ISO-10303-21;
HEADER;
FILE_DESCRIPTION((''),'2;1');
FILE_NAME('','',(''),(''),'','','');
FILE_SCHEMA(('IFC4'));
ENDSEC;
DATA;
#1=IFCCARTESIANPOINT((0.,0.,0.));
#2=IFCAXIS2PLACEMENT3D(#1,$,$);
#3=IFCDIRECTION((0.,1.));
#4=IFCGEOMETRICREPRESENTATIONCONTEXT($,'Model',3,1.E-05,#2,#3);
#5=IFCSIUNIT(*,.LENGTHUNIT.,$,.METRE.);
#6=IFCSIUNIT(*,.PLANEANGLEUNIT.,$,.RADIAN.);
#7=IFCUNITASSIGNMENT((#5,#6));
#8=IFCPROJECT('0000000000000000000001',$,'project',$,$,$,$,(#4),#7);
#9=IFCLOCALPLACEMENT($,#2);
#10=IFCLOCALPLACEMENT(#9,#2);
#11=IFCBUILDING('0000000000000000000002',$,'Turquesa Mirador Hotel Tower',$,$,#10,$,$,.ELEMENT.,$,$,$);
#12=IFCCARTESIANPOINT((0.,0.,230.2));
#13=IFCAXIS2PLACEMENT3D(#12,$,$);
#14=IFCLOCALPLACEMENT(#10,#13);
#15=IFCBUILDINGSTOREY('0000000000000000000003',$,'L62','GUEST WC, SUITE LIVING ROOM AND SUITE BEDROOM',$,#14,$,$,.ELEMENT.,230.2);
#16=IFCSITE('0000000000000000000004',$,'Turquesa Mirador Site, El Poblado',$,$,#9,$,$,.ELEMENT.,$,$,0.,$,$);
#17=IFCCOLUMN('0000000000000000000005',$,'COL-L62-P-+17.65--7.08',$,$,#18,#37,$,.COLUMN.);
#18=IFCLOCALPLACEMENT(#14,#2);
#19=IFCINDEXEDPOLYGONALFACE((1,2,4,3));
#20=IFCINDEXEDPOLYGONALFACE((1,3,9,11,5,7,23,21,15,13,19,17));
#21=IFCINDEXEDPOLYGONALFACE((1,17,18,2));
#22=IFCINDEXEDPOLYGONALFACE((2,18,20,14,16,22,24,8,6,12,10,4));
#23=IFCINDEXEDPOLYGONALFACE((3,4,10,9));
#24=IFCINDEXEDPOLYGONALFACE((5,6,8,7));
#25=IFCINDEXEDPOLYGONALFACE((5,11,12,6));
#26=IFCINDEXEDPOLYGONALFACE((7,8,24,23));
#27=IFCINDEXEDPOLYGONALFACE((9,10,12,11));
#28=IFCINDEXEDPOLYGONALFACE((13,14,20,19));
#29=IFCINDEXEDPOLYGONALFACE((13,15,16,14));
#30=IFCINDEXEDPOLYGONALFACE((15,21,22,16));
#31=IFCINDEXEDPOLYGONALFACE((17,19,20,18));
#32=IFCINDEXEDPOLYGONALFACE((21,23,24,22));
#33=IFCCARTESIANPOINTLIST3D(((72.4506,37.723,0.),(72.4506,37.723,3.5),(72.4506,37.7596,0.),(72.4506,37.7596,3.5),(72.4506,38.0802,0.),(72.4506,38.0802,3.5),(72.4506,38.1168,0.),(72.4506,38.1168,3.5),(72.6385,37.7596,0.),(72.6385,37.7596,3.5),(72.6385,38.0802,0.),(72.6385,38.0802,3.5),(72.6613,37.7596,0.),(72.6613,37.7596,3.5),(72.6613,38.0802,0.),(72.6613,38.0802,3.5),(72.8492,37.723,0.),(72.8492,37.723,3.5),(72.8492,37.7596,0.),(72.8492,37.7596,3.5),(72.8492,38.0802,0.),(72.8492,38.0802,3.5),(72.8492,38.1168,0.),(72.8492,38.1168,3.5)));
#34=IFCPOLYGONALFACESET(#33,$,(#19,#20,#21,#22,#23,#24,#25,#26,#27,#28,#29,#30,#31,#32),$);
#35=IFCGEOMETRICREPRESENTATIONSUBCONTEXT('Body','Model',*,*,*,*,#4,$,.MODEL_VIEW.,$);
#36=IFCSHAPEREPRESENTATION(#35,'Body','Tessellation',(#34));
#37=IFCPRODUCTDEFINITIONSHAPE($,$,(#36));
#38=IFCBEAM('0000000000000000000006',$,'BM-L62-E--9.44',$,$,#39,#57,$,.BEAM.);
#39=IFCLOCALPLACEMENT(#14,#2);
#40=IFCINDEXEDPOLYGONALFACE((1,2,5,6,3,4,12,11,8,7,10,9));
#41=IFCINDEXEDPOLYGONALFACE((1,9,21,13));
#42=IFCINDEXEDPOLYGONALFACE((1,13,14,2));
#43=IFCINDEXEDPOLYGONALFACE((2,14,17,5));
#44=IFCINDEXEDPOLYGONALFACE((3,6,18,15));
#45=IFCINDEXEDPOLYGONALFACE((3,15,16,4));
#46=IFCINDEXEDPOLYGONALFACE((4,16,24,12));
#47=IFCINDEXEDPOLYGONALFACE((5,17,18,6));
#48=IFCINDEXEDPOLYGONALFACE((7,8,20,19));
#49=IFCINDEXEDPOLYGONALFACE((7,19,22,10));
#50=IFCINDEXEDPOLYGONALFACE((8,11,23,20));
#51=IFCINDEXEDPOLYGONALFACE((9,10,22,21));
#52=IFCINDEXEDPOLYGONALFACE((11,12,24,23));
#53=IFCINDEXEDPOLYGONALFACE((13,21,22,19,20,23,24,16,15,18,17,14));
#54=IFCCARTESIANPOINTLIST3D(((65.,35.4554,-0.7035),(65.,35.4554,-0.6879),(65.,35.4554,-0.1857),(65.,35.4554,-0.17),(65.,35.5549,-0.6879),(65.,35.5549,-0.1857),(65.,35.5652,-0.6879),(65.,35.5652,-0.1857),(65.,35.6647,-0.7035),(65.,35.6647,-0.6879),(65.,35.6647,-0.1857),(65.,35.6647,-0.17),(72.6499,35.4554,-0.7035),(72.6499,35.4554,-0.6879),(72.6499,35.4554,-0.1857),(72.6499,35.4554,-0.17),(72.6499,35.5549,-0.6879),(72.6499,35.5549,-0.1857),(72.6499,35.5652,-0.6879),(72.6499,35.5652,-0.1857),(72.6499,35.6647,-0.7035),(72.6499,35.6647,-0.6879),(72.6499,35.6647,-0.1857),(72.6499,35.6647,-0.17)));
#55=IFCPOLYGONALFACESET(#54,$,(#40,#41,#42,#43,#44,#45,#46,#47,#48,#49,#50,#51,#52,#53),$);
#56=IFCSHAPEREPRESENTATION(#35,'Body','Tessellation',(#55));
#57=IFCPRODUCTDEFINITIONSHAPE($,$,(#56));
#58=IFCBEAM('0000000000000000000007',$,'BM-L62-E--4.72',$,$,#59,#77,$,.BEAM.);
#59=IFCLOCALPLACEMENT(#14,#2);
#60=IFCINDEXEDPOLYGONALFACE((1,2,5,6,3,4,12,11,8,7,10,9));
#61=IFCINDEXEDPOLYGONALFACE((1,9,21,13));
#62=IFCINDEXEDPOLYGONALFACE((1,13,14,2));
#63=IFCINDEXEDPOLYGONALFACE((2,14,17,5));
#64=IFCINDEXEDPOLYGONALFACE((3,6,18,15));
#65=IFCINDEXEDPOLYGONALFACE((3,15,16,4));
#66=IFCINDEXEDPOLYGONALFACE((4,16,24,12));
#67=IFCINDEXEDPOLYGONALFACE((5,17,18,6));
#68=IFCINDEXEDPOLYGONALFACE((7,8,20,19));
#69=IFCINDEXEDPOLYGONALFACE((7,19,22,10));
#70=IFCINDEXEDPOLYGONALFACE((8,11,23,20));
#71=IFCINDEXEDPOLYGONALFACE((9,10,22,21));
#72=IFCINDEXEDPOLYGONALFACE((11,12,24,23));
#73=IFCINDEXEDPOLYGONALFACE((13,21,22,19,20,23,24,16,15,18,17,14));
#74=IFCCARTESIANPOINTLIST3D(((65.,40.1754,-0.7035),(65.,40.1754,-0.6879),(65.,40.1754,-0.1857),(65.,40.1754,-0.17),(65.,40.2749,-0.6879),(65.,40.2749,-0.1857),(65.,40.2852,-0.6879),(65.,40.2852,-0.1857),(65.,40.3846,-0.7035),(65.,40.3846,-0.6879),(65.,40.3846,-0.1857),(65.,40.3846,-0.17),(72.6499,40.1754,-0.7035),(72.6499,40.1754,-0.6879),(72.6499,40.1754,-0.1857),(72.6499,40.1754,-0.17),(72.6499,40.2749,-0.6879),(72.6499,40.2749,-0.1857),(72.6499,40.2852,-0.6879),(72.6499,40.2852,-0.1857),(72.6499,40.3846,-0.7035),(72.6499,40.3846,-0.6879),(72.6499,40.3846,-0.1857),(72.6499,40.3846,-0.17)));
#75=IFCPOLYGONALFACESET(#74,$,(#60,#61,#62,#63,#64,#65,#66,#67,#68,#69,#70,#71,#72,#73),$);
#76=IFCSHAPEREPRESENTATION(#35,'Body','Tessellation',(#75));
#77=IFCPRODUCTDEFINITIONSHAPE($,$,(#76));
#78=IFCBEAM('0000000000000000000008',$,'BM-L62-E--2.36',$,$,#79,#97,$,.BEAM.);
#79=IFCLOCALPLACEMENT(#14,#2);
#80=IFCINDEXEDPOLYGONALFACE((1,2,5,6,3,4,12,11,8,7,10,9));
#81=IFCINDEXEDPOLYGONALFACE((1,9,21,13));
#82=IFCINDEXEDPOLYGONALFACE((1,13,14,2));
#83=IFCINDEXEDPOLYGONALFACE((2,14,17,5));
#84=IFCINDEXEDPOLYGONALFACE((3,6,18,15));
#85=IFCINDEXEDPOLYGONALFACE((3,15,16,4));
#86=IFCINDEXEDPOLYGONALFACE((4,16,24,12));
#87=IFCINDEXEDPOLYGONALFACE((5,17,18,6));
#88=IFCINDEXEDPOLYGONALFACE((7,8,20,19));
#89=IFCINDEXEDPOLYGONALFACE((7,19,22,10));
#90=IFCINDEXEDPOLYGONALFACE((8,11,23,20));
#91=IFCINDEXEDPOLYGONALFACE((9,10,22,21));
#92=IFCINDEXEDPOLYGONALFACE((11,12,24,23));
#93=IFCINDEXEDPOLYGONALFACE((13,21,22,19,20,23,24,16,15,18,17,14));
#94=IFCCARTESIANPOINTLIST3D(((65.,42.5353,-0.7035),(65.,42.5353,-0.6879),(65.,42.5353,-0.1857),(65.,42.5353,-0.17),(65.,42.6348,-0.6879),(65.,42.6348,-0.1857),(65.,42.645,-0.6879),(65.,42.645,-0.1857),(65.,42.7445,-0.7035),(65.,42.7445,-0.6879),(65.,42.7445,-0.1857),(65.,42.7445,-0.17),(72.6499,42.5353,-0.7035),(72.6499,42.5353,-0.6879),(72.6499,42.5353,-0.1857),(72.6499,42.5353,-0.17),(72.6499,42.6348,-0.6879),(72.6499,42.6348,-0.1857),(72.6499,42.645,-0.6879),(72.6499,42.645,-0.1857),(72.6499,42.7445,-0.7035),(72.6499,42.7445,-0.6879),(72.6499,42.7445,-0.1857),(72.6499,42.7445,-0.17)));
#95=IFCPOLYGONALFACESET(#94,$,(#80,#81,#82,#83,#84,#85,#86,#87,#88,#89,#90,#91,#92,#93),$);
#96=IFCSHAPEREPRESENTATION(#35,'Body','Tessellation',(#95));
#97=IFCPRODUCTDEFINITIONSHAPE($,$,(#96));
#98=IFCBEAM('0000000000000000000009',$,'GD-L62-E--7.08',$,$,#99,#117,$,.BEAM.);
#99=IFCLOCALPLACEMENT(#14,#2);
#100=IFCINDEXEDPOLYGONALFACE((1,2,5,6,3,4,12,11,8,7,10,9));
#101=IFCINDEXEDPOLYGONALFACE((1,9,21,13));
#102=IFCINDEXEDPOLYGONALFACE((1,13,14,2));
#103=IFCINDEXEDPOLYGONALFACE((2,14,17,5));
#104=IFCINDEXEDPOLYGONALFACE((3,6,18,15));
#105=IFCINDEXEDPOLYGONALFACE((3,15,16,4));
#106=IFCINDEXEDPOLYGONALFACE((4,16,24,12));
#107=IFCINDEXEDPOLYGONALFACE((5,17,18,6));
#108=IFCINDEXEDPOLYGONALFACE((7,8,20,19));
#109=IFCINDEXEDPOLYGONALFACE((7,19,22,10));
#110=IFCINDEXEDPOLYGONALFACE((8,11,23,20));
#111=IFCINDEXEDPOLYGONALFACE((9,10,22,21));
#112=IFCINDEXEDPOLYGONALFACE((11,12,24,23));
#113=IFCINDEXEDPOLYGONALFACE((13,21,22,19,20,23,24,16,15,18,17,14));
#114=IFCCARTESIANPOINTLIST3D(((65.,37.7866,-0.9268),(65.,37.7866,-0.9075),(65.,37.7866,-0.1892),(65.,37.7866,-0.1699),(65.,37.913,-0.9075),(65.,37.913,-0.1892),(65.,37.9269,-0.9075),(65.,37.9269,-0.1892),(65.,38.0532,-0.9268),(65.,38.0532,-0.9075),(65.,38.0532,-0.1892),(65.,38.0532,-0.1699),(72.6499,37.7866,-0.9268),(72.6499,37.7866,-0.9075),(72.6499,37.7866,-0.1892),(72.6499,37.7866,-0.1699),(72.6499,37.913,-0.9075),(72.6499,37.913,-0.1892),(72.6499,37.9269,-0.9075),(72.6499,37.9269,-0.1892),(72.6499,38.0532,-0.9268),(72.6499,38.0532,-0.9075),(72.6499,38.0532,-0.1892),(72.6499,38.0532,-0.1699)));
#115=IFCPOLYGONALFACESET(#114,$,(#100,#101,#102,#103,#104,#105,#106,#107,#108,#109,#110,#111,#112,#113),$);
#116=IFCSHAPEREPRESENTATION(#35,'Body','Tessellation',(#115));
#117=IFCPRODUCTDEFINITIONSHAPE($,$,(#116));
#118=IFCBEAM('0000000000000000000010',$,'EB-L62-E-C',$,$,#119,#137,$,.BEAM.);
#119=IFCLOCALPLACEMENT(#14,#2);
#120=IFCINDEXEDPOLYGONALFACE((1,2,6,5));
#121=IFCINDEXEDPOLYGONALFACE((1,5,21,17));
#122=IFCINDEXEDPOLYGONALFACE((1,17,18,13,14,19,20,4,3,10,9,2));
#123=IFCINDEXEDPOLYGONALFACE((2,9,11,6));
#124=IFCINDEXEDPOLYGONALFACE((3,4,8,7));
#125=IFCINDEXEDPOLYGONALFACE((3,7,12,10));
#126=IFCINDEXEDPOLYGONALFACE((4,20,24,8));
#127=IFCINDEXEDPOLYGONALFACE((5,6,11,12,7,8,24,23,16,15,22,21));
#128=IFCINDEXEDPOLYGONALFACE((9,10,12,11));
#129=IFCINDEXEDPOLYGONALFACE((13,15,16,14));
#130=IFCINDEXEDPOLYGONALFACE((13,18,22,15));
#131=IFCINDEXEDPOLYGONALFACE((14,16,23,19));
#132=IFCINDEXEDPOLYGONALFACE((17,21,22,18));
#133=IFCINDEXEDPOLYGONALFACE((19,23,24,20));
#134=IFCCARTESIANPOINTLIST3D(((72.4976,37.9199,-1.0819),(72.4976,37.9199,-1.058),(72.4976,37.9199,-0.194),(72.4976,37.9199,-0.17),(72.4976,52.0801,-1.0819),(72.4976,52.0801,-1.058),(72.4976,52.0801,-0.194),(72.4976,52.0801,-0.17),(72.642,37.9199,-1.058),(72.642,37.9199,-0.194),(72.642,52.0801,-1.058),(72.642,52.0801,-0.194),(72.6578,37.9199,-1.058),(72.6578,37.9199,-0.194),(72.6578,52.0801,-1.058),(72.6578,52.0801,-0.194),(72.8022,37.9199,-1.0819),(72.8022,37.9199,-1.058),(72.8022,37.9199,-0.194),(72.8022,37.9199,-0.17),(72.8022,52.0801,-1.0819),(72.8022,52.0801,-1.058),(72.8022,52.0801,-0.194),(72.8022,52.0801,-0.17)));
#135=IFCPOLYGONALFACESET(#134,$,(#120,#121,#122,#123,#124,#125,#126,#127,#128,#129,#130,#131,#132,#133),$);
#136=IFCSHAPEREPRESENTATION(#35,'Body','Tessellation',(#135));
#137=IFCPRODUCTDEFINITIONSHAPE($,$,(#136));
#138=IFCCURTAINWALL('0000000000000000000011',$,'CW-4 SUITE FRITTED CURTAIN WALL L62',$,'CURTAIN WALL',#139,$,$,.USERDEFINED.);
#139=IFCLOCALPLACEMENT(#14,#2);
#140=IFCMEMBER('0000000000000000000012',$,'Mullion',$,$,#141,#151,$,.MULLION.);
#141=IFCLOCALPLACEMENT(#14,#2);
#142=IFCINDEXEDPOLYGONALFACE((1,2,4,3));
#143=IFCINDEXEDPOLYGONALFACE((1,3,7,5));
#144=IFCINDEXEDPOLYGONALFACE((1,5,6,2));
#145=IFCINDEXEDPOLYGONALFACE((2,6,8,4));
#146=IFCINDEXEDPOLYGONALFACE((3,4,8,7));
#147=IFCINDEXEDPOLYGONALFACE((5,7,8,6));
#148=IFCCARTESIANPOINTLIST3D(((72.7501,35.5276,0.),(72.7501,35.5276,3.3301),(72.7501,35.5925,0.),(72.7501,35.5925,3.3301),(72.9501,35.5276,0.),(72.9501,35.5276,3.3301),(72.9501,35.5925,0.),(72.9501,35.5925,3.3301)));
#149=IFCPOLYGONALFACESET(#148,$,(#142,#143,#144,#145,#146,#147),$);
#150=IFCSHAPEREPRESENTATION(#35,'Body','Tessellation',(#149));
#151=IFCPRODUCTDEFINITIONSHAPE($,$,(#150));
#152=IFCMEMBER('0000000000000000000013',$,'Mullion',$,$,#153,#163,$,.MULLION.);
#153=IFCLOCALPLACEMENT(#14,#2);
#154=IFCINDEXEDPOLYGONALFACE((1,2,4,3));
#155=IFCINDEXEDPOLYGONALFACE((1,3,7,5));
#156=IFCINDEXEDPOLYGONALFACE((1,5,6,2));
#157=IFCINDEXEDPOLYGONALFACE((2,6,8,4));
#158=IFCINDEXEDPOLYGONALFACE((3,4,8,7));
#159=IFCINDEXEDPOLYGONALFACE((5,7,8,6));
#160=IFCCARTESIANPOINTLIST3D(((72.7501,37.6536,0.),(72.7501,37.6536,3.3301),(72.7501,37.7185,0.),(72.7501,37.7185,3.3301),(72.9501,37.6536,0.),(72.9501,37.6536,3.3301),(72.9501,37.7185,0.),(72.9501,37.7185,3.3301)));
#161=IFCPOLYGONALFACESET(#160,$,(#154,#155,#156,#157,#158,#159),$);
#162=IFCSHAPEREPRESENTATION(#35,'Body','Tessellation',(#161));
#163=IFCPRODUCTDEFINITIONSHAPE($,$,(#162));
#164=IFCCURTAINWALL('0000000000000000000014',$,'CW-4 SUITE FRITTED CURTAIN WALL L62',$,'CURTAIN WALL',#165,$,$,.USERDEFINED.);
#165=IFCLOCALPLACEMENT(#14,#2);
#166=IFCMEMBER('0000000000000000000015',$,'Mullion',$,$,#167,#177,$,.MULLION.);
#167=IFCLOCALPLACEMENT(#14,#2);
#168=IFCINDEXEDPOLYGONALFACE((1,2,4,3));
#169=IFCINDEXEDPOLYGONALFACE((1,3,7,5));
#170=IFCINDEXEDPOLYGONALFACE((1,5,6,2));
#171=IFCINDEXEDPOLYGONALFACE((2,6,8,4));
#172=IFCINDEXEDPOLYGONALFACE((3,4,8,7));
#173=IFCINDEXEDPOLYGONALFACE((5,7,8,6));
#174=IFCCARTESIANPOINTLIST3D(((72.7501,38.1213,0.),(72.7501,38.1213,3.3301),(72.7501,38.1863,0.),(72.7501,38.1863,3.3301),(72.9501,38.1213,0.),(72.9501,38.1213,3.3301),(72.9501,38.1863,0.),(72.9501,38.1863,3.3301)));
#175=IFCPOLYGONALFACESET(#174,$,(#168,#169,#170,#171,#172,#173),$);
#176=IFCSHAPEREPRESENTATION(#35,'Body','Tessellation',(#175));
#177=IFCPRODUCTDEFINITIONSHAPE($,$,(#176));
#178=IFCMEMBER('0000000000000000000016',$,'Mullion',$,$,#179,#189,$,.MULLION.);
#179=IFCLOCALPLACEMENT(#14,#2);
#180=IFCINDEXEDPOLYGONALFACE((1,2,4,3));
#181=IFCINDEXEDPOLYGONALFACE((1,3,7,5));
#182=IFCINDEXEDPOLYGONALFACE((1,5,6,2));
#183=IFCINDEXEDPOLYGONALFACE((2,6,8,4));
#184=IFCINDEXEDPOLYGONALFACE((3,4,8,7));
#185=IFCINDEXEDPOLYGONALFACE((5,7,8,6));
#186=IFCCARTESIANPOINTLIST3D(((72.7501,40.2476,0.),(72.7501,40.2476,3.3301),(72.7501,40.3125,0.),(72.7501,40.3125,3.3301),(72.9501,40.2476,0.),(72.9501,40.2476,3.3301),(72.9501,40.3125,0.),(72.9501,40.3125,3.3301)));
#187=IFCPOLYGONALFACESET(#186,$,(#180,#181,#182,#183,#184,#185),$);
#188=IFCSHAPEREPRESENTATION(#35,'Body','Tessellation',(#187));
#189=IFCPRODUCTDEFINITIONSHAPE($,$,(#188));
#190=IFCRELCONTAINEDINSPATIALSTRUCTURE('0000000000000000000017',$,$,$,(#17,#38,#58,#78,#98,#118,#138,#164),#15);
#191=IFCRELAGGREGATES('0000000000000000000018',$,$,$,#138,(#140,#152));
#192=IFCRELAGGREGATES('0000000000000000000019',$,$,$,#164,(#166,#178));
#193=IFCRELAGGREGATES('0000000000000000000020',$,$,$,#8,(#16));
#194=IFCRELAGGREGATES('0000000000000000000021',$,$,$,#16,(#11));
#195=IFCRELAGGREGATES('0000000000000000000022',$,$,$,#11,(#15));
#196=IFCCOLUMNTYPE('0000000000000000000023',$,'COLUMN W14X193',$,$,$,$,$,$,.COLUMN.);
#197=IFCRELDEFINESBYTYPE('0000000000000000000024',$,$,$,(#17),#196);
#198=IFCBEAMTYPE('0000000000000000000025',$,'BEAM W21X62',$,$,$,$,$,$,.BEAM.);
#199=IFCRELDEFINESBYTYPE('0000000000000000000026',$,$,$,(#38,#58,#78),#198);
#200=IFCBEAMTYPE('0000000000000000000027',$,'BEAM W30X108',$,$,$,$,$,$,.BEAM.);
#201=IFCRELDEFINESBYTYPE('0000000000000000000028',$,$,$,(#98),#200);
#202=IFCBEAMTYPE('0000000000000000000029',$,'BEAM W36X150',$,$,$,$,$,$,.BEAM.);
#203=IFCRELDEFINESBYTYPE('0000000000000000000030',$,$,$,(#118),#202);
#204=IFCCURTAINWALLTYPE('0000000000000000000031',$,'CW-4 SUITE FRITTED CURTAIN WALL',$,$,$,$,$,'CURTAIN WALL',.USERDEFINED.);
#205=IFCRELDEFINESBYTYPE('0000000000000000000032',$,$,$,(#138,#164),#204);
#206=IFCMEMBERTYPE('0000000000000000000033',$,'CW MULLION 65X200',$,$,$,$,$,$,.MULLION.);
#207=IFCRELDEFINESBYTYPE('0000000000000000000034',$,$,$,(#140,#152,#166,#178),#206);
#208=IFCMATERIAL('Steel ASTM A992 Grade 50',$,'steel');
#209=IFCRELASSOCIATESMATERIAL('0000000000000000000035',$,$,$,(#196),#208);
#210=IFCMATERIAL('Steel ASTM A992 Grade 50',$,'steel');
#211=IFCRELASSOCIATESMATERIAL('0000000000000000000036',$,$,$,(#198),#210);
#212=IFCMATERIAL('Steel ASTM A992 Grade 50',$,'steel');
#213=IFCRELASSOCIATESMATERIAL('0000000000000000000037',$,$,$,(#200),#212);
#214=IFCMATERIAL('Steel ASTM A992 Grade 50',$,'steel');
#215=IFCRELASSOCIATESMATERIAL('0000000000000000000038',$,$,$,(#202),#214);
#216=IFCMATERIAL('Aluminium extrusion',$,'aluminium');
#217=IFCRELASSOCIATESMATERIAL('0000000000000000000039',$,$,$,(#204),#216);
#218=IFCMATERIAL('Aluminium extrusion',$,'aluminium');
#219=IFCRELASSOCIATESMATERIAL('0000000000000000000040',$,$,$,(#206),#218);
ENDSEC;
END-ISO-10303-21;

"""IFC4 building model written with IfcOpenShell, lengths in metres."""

from ifc_helpers import new_model, si_unit, direction, frame, origin, origin_2d, place, context, subcontext, project, spatial, rectangle, i_section, extrude, material, material_profile, profile_set, type_object, element, aggregate, save


model = new_model("IFC4")

# Units and contexts
model_context = context("Model", 3, precision=1e-05, world=origin(), true_north=direction((0.0, 1.0)))
body_context = subcontext(model_context, "Body", "Model", "MODEL_VIEW")
ifc_project = project(units=[si_unit("LENGTHUNIT", "METRE"), si_unit("PLANEANGLEUNIT", "RADIAN")], contexts=[model_context])

# Site, building, storey
site_placement = place(None, origin())
site = spatial("IfcSite", under=ifc_project, at=site_placement, Name="Turquesa Mirador Site, El Poblado", CompositionType="ELEMENT", RefElevation=0.0)
building_placement = place(site_placement, origin())
building = spatial("IfcBuilding", under=site, at=building_placement, Name="Turquesa Mirador Hotel Tower", CompositionType="ELEMENT")
storey_placement = place(building_placement, frame((0.0, 0.0, 230.2)))
storey = spatial("IfcBuildingStorey", under=building, at=storey_placement, Name="L62", Description="GUEST WC, SUITE LIVING ROOM AND SUITE BEDROOM", CompositionType="ELEMENT", Elevation=230.2)

# Column
ifc_material_1 = material(Name="Steel ASTM A992 Grade 50", Category="steel")
ifc_material_profile_1 = material_profile(ifc_material_1, i_section(OverallWidth=0.3987, OverallDepth=0.3938, WebThickness=0.0227, FlangeThickness=0.0366, at=origin_2d()), Name="W14X193")
ifc_profile_set_1 = profile_set([ifc_material_profile_1], Name="Steel ASTM A992 Grade 50")
column_type = type_object("IfcColumnType", Name="COLUMN W14X193", PredefinedType="COLUMN", material=ifc_profile_set_1)
column_placement = place(storey_placement, frame((72.6499, 37.9199, 0.0), z_axis=(0.0, 0.0, 1.0), x_axis=(1.0, 0.0, 0.0)))
element("IfcColumn", 1, at=column_placement, inside=storey, type_object=column_type, Name="COL-L62-P-+17.65--7.08", PredefinedType="COLUMN", context=body_context, shape_type="SweptSolid", body=[
    extrude(i_section(OverallWidth=0.3987, OverallDepth=0.3938, WebThickness=0.0227, FlangeThickness=0.0366, at=origin_2d()), origin(), (0.0, 0.0, 1.0), 3.5),
])

# Beams
ifc_material_2 = material(Name="Steel ASTM A992 Grade 50", Category="steel")
ifc_material_profile_2 = material_profile(ifc_material_2, i_section(OverallWidth=0.2092, OverallDepth=0.5334, WebThickness=0.0103, FlangeThickness=0.0156, at=origin_2d()), Name="W21X62")
ifc_profile_set_2 = profile_set([ifc_material_profile_2], Name="Steel ASTM A992 Grade 50")
beam_type_1 = type_object("IfcBeamType", Name="BEAM W21X62", PredefinedType="BEAM", material=ifc_profile_set_2)
for number, where, z_axis, x_axis, name in (
    (2, (72.6499, 35.5601, -0.4368), (-1.0, 0.0, 0.0), (0.0, -1.0, 0.0), "BM-L62-E--9.44"),
    (3, (72.6499, 40.28, -0.4368), (-1.0, 0.0, 0.0), (0.0, -1.0, 0.0), "BM-L62-E--4.72"),
    (4, (72.6499, 42.6399, -0.4368), (-1.0, 0.0, 0.0), (0.0, -1.0, 0.0), "BM-L62-E--2.36"),
):
    element("IfcBeam", number, at=place(storey_placement, frame(where, z_axis=z_axis, x_axis=x_axis)), inside=storey, type_object=beam_type_1, Name=name, PredefinedType="BEAM", context=body_context, shape_type="SweptSolid", body=[
        extrude(i_section(OverallWidth=0.2092, OverallDepth=0.5334, WebThickness=0.0103, FlangeThickness=0.0156, at=origin_2d()), origin(), (0.0, 0.0, 1.0), 7.6499),
    ])
ifc_material_3 = material(Name="Steel ASTM A992 Grade 50", Category="steel")
ifc_material_profile_3 = material_profile(ifc_material_3, i_section(OverallWidth=0.2666, OverallDepth=0.7568, WebThickness=0.0139, FlangeThickness=0.0193, at=origin_2d()), Name="W30X108")
ifc_profile_set_3 = profile_set([ifc_material_profile_3], Name="Steel ASTM A992 Grade 50")
beam_type_2 = type_object("IfcBeamType", Name="BEAM W30X108", PredefinedType="BEAM", material=ifc_profile_set_3)
beam_1_placement = place(storey_placement, frame((72.6499, 37.9199, -0.5483), z_axis=(-1.0, 0.0, 0.0), x_axis=(0.0, -1.0, 0.0)))
element("IfcBeam", 5, at=beam_1_placement, inside=storey, type_object=beam_type_2, Name="GD-L62-E--7.08", PredefinedType="BEAM", context=body_context, shape_type="SweptSolid", body=[
    extrude(i_section(OverallWidth=0.2666, OverallDepth=0.7568, WebThickness=0.0139, FlangeThickness=0.0193, at=origin_2d()), origin(), (0.0, 0.0, 1.0), 7.6499),
])
ifc_material_4 = material(Name="Steel ASTM A992 Grade 50", Category="steel")
ifc_material_profile_4 = material_profile(ifc_material_4, i_section(OverallWidth=0.3047, OverallDepth=0.9119, WebThickness=0.0159, FlangeThickness=0.0239, at=origin_2d()), Name="W36X150")
ifc_profile_set_4 = profile_set([ifc_material_profile_4], Name="Steel ASTM A992 Grade 50")
beam_type_3 = type_object("IfcBeamType", Name="BEAM W36X150", PredefinedType="BEAM", material=ifc_profile_set_4)
beam_2_placement = place(storey_placement, frame((72.6499, 37.9199, -0.626), z_axis=(0.0, 1.0, 0.0), x_axis=(-1.0, 0.0, 0.0)))
element("IfcBeam", 6, at=beam_2_placement, inside=storey, type_object=beam_type_3, Name="EB-L62-E-C", PredefinedType="BEAM", context=body_context, shape_type="SweptSolid", body=[
    extrude(i_section(OverallWidth=0.3047, OverallDepth=0.9119, WebThickness=0.0159, FlangeThickness=0.0239, at=origin_2d()), origin(), (0.0, 0.0, 1.0), 14.1602),
])

# Curtain walls, members
ifc_material_5 = material(Name="Aluminium extrusion", Category="aluminium")
curtain_wall_type = type_object("IfcCurtainWallType", Name="CW-4 SUITE FRITTED CURTAIN WALL", ElementType="CURTAIN WALL", PredefinedType="USERDEFINED", material=ifc_material_5)
curtain_wall_1_placement = place(storey_placement, origin())
curtain_wall_1 = element("IfcCurtainWall", 7, at=curtain_wall_1_placement, inside=storey, type_object=curtain_wall_type, Name="CW-4 SUITE FRITTED CURTAIN WALL L62", ObjectType="CURTAIN WALL", PredefinedType="USERDEFINED")
ifc_material_6 = material(Name="Aluminium extrusion", Category="aluminium")
ifc_material_profile_5 = material_profile(ifc_material_6, rectangle(XDim=0.0649, YDim=0.2, at=origin_2d()), Name="MULLION 65X200")
ifc_profile_set_5 = profile_set([ifc_material_profile_5], Name="Aluminium extrusion")
member_type_1 = type_object("IfcMemberType", Name="CW MULLION 65X200", PredefinedType="MULLION", material=ifc_profile_set_5)
member_1_placement = place(storey_placement, frame((72.8501, 35.5601, 0.0), z_axis=(0.0, 0.0, 1.0), x_axis=(0.0, 1.0, 0.0)))
member_1 = element("IfcMember", 8, at=member_1_placement, type_object=member_type_1, Name="Mullion", PredefinedType="MULLION", context=body_context, shape_type="SweptSolid", body=[
    extrude(rectangle(XDim=0.0649, YDim=0.2, at=origin_2d()), origin(), (0.0, 0.0, 1.0), 3.3301),
])
member_2_placement = place(storey_placement, frame((72.8501, 37.686, 0.0), z_axis=(0.0, 0.0, 1.0), x_axis=(0.0, 1.0, 0.0)))
member_2 = element("IfcMember", 9, at=member_2_placement, type_object=member_type_1, Name="Mullion", PredefinedType="MULLION", context=body_context, shape_type="SweptSolid", body=[
    extrude(rectangle(XDim=0.0649, YDim=0.2, at=origin_2d()), origin(), (0.0, 0.0, 1.0), 3.3301),
])
curtain_wall_2_placement = place(storey_placement, origin())
curtain_wall_2 = element("IfcCurtainWall", 10, at=curtain_wall_2_placement, inside=storey, type_object=curtain_wall_type, Name="CW-4 SUITE FRITTED CURTAIN WALL L62", ObjectType="CURTAIN WALL", PredefinedType="USERDEFINED")
member_3_placement = place(storey_placement, frame((72.8501, 38.1538, 0.0), z_axis=(0.0, 0.0, 1.0), x_axis=(0.0, 1.0, 0.0)))
member_3 = element("IfcMember", 11, at=member_3_placement, type_object=member_type_1, Name="Mullion", PredefinedType="MULLION", context=body_context, shape_type="SweptSolid", body=[
    extrude(rectangle(XDim=0.0649, YDim=0.2, at=origin_2d()), origin(), (0.0, 0.0, 1.0), 3.3301),
])
member_4_placement = place(storey_placement, frame((72.8501, 40.28, 0.0), z_axis=(0.0, 0.0, 1.0), x_axis=(0.0, 1.0, 0.0)))
member_4 = element("IfcMember", 12, at=member_4_placement, type_object=member_type_1, Name="Mullion", PredefinedType="MULLION", context=body_context, shape_type="SweptSolid", body=[
    extrude(rectangle(XDim=0.0649, YDim=0.2, at=origin_2d()), origin(), (0.0, 0.0, 1.0), 3.3301),
])

aggregate(curtain_wall_1, [member_1, member_2])
aggregate(curtain_wall_2, [member_3, member_4])

save(model, "model.ifc")
